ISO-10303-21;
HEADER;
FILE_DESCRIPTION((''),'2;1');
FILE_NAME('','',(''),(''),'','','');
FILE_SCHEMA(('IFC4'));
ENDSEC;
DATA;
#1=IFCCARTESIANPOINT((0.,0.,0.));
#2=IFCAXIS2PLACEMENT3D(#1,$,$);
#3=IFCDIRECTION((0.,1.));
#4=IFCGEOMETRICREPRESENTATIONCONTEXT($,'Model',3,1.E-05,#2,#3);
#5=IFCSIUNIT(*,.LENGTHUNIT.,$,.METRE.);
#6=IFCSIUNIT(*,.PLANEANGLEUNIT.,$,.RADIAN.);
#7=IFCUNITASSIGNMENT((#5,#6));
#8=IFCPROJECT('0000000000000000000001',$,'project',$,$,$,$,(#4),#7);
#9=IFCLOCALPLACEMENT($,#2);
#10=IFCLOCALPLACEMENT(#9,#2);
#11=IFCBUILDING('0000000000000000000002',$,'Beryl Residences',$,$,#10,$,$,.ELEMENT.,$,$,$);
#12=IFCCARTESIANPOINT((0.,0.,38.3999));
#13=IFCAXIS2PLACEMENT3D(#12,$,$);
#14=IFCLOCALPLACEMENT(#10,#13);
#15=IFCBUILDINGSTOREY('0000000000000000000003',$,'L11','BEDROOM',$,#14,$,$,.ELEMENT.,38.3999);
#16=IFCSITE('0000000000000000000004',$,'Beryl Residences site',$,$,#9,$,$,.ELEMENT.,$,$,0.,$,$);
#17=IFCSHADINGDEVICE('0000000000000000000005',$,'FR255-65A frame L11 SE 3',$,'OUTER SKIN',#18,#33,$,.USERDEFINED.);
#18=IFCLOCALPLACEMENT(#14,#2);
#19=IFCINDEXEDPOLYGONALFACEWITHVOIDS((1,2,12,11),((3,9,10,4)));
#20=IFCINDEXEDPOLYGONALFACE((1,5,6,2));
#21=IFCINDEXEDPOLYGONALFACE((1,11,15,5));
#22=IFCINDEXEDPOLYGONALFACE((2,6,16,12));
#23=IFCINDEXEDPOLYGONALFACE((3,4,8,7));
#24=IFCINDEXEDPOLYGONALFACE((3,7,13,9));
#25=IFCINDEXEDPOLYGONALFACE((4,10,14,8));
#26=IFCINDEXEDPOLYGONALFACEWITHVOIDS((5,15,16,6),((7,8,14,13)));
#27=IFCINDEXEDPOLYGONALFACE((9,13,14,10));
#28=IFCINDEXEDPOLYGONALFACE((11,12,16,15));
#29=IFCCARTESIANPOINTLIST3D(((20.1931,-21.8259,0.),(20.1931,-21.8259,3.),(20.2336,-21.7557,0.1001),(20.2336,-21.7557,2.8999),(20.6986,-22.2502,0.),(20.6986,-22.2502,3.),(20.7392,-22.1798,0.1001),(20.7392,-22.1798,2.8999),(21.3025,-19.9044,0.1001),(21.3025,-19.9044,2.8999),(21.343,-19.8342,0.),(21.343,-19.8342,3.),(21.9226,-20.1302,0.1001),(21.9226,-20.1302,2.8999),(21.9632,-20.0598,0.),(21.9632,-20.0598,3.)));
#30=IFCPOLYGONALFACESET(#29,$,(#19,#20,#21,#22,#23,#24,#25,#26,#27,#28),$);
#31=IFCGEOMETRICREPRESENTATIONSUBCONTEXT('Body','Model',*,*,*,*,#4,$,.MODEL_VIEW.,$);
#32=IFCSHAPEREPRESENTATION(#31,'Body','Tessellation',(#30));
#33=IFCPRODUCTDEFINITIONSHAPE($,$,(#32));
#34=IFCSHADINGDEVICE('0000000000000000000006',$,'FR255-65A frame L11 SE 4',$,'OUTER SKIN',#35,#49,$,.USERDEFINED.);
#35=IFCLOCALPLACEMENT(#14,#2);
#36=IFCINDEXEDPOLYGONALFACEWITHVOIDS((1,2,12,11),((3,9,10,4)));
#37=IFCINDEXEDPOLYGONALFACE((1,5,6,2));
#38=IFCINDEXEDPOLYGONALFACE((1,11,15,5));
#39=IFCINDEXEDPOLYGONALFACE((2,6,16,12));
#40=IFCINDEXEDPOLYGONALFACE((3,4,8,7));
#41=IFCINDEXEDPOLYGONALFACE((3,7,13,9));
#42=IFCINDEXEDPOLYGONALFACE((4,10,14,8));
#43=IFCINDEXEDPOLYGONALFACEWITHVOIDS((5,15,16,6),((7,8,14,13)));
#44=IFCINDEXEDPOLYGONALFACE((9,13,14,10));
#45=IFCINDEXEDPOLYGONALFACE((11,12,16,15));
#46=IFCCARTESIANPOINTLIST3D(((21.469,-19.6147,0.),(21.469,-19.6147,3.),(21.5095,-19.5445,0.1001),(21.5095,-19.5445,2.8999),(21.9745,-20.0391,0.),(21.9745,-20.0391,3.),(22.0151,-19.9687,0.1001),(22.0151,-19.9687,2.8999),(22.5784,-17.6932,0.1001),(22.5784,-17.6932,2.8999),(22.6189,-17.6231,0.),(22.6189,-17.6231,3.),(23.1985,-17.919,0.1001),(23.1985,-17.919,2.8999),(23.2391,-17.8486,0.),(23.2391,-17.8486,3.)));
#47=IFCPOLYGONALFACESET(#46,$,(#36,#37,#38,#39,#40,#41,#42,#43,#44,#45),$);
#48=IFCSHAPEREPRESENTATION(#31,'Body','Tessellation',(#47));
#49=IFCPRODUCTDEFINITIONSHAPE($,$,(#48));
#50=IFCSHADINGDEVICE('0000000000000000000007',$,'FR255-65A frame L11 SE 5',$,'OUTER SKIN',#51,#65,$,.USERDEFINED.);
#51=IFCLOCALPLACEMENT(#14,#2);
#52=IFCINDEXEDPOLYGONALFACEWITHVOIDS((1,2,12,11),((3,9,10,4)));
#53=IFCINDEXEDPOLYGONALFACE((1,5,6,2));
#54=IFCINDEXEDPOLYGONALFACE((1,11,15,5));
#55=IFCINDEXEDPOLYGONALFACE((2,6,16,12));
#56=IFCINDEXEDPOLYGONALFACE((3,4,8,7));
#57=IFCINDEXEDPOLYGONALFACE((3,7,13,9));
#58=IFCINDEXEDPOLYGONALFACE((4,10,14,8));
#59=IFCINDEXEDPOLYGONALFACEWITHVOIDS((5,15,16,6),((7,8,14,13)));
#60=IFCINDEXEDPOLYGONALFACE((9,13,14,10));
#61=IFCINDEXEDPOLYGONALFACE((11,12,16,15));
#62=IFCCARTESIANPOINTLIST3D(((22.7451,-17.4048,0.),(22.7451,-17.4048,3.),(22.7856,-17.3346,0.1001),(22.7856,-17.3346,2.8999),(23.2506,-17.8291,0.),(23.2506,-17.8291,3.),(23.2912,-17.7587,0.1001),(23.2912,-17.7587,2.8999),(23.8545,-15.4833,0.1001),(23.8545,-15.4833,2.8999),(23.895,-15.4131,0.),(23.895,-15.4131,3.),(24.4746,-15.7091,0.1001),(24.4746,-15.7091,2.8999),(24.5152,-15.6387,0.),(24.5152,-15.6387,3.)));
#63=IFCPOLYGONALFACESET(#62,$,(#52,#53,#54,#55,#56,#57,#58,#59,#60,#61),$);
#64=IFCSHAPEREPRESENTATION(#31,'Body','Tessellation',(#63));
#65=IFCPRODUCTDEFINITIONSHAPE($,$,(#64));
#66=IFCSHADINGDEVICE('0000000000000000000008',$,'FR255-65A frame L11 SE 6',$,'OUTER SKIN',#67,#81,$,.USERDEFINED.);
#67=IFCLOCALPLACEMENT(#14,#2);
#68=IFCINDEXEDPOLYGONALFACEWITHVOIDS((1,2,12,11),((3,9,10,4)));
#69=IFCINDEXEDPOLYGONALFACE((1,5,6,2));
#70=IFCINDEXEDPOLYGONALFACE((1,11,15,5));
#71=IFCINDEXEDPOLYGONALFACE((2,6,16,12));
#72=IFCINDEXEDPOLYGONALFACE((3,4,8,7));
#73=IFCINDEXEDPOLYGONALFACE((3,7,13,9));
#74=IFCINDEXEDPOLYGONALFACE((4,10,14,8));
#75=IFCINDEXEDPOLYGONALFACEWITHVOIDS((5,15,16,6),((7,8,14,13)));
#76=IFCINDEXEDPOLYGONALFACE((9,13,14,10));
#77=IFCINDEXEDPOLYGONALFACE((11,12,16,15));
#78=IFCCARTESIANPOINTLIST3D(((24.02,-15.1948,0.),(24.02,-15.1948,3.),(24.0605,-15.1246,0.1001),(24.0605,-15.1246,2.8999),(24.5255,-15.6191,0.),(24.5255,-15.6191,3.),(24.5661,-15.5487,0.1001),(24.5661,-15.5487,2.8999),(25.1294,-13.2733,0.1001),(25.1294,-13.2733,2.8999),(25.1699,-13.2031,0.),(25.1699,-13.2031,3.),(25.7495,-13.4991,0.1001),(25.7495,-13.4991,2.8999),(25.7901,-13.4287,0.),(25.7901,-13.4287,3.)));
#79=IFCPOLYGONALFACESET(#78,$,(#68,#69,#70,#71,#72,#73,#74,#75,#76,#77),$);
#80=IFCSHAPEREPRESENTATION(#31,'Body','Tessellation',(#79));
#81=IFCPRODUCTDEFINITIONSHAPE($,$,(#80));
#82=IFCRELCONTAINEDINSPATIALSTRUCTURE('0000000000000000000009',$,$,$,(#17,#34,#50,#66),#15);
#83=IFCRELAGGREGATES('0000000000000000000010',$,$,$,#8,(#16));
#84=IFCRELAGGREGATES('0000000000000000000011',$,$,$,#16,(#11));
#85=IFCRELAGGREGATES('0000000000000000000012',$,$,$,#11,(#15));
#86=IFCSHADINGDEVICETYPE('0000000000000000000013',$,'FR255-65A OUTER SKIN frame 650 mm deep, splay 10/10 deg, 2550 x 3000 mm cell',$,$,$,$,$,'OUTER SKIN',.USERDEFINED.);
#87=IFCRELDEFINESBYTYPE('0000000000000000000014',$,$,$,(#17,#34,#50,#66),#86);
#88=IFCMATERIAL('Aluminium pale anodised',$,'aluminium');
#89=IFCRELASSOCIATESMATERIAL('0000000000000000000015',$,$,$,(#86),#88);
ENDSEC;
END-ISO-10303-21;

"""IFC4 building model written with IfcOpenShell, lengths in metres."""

from ifc_helpers import new_model, entity, si_unit, direction, frame, origin, place, context, subcontext, project, spatial, source, transform, mapped, material, type_object, type_shapes, element, save


model = new_model("IFC4")

# Units and contexts
model_context = context("Model", 3, precision=1e-05, world=origin(), true_north=direction((0.0, 1.0)))
body_context = subcontext(model_context, "Body", "Model", "MODEL_VIEW")
ifc_project = project(units=[si_unit("LENGTHUNIT", "METRE"), si_unit("PLANEANGLEUNIT", "RADIAN")], contexts=[model_context])

# Site, building, storey
site_placement = place(None, origin())
site = spatial("IfcSite", under=ifc_project, at=site_placement, Name="Beryl Residences site", CompositionType="ELEMENT", RefElevation=0.0)
building_placement = place(site_placement, origin())
building = spatial("IfcBuilding", under=site, at=building_placement, Name="Beryl Residences", CompositionType="ELEMENT")
storey_placement = place(building_placement, frame((0.0, 0.0, 38.3999)))
storey = spatial("IfcBuildingStorey", under=building, at=storey_placement, Name="L11", Description="BEDROOM", CompositionType="ELEMENT", Elevation=38.3999)

# Shading devices
ifc_material_1 = material(Name="Aluminium pale anodised", Category="aluminium")
shading_device_type = type_object("IfcShadingDeviceType", Name="FR255-65A OUTER SKIN frame 650 mm deep, splay 10/10 deg, 2550 x 3000 mm cell", ElementType="OUTER SKIN", PredefinedType="USERDEFINED", material=ifc_material_1)
cartesian_point_1 = entity("IfcCartesianPoint", [-1.1499, 0.0])
cartesian_point_2 = entity("IfcCartesianPoint", [-1.0688, 0.1001])
cartesian_point_3 = entity("IfcCartesianPoint", [-1.2646, 0.0])
cartesian_point_4 = entity("IfcCartesianPoint", [-1.1833, 0.1001])
shared_shape = source(origin(), body_context, "Body", "SweptSolid", [
    entity("IfcExtrudedAreaSolidTapered", entity("IfcArbitraryProfileDefWithVoids", "AREA", None, entity("IfcPolyline", [cartesian_point_1, entity("IfcCartesianPoint", [1.1499, 0.0]), entity("IfcCartesianPoint", [1.1499, 3.0]), entity("IfcCartesianPoint", [-1.1499, 3.0]), cartesian_point_1]), [entity("IfcPolyline", [cartesian_point_2, entity("IfcCartesianPoint", [1.0688, 0.1001]), entity("IfcCartesianPoint", [1.0688, 2.8999]), entity("IfcCartesianPoint", [-1.0688, 2.8999]), cartesian_point_2])]), entity("IfcAxis2Placement3D", entity("IfcCartesianPoint", [0.0, 0.0, 0.0]), entity("IfcDirection", [0.0, 1.0, 0.0]), entity("IfcDirection", [-1.0, 0.0, 0.0])), entity("IfcDirection", [0.0, 0.0, 1.0]), 0.6499, entity("IfcArbitraryProfileDefWithVoids", "AREA", None, entity("IfcPolyline", [cartesian_point_3, entity("IfcCartesianPoint", [1.2646, 0.0]), entity("IfcCartesianPoint", [1.2646, 3.0]), entity("IfcCartesianPoint", [-1.2646, 3.0]), cartesian_point_3]), [entity("IfcPolyline", [cartesian_point_4, entity("IfcCartesianPoint", [1.1833, 0.1001]), entity("IfcCartesianPoint", [1.1833, 2.8999]), entity("IfcCartesianPoint", [-1.1833, 2.8999]), cartesian_point_4])])),
])
type_shapes(shading_device_type, [shared_shape])
for number, where, z_axis, x_axis, name in (
    (1, (20.7681, -20.8301, 0.0), (0.0, 0.0, 1.0), (-0.5, -0.866025, 0.0), "FR255-65A frame L11 SE 3"),
    (2, (22.0439, -18.6189, 0.0), (0.0, 0.0, 1.0), (-0.5, -0.866025, 0.0), "FR255-65A frame L11 SE 4"),
    (3, (23.3201, -16.4089, 0.0), (0.0, 0.0, 1.0), (-0.5, -0.866025, 0.0), "FR255-65A frame L11 SE 5"),
    (4, (24.595, -14.199, 0.0), (0.0, 0.0, 1.0), (-0.5, -0.866025, 0.0), "FR255-65A frame L11 SE 6"),
):
    element("IfcShadingDevice", number, at=place(storey_placement, frame(where, z_axis=z_axis, x_axis=x_axis)), inside=storey, type_object=shading_device_type, Name=name, ObjectType="OUTER SKIN", PredefinedType="USERDEFINED", context=body_context, shape_type="MappedRepresentation", body=[
        mapped(shared_shape, transform((0.0, 0.0, 0.0))),
    ])

save(model, "model.ifc")
